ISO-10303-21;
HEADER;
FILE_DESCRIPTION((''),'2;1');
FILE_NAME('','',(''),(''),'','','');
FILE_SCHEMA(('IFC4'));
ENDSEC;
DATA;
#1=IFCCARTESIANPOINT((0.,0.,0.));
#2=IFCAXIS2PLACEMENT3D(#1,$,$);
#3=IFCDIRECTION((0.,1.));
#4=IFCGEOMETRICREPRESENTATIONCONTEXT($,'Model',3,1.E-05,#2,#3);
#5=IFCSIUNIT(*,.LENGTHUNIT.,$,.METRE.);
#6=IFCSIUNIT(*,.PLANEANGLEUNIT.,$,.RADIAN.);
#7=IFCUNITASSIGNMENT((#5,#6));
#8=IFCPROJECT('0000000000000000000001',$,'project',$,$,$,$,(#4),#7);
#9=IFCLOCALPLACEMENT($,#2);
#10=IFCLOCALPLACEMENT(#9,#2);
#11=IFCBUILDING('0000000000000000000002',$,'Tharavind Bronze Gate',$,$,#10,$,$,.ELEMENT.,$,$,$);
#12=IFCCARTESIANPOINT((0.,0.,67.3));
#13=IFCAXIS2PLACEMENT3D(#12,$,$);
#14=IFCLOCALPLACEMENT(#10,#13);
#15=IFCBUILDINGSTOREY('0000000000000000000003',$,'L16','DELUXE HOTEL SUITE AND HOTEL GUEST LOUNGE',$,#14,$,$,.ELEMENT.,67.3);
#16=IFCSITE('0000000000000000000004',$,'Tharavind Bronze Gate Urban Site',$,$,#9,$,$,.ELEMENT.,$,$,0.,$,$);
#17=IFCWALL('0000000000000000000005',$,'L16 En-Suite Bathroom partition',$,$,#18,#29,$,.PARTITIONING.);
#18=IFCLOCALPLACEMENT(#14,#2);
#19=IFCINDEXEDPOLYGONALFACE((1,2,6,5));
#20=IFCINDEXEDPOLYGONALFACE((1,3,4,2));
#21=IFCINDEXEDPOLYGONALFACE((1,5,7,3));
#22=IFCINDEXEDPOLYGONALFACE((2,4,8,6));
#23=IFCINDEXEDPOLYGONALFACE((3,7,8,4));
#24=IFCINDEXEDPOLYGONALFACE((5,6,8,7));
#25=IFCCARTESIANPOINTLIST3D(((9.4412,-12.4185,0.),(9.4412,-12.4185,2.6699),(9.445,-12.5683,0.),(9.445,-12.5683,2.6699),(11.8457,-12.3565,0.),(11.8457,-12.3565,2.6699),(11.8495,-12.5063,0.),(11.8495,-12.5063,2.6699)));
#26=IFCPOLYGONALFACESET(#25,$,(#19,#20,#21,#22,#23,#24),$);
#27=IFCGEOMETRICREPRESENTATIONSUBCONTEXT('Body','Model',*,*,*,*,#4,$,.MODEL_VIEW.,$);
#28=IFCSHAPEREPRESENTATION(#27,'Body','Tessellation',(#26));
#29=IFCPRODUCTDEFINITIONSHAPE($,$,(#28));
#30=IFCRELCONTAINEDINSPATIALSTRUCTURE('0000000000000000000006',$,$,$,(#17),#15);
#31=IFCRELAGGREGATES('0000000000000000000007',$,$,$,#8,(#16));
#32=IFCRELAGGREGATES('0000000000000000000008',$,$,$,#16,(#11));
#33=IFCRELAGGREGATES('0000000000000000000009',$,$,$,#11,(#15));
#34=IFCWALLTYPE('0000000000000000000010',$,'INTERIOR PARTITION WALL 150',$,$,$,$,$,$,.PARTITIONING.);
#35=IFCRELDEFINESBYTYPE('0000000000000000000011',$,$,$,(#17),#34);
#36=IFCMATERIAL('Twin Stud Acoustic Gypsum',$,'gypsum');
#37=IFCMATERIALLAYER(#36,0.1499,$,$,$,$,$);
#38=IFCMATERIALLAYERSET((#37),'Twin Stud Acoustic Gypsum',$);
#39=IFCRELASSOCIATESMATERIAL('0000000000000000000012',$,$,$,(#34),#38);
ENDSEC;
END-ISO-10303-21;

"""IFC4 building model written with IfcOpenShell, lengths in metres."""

from ifc_helpers import new_model, si_unit, direction, frame, frame_2d, origin, place, context, subcontext, project, spatial, rectangle, extrude, material, layer, layer_set, type_object, element, save


model = new_model("IFC4")

# Units and contexts
model_context = context("Model", 3, precision=1e-05, world=origin(), true_north=direction((0.0, 1.0)))
body_context = subcontext(model_context, "Body", "Model", "MODEL_VIEW")
ifc_project = project(units=[si_unit("LENGTHUNIT", "METRE"), si_unit("PLANEANGLEUNIT", "RADIAN")], contexts=[model_context])

# Site, building, storey
site_placement = place(None, origin())
site = spatial("IfcSite", under=ifc_project, at=site_placement, Name="Tharavind Bronze Gate Urban Site", CompositionType="ELEMENT", RefElevation=0.0)
building_placement = place(site_placement, origin())
building = spatial("IfcBuilding", under=site, at=building_placement, Name="Tharavind Bronze Gate", CompositionType="ELEMENT")
storey_placement = place(building_placement, frame((0.0, 0.0, 67.3)))
storey = spatial("IfcBuildingStorey", under=building, at=storey_placement, Name="L16", Description="DELUXE HOTEL SUITE AND HOTEL GUEST LOUNGE", CompositionType="ELEMENT", Elevation=67.3)

# Wall
ifc_material_1 = material(Name="Twin Stud Acoustic Gypsum", Category="gypsum")
ifc_layer_1 = layer(ifc_material_1, 0.1499)
ifc_layer_set_1 = layer_set([ifc_layer_1], Name="Twin Stud Acoustic Gypsum")
wall_type_1 = type_object("IfcWallType", Name="INTERIOR PARTITION WALL 150", PredefinedType="PARTITIONING", material=ifc_layer_set_1)
wall_1_placement = place(storey_placement, frame((9.4431, -12.4934, 0.0), z_axis=(0.0, 0.0, 1.0), x_axis=(0.999668, 0.025781, 0.0)))
element("IfcWall", 1, at=wall_1_placement, inside=storey, type_object=wall_type_1, Name="L16 En-Suite Bathroom partition", PredefinedType="PARTITIONING", context=body_context, shape_type="SweptSolid", body=[
    extrude(rectangle(XDim=2.4053, YDim=0.1499, at=frame_2d((1.2026, 0.0))), origin(), (0.0, 0.0, 1.0), 2.6699),
])

save(model, "model.ifc")
